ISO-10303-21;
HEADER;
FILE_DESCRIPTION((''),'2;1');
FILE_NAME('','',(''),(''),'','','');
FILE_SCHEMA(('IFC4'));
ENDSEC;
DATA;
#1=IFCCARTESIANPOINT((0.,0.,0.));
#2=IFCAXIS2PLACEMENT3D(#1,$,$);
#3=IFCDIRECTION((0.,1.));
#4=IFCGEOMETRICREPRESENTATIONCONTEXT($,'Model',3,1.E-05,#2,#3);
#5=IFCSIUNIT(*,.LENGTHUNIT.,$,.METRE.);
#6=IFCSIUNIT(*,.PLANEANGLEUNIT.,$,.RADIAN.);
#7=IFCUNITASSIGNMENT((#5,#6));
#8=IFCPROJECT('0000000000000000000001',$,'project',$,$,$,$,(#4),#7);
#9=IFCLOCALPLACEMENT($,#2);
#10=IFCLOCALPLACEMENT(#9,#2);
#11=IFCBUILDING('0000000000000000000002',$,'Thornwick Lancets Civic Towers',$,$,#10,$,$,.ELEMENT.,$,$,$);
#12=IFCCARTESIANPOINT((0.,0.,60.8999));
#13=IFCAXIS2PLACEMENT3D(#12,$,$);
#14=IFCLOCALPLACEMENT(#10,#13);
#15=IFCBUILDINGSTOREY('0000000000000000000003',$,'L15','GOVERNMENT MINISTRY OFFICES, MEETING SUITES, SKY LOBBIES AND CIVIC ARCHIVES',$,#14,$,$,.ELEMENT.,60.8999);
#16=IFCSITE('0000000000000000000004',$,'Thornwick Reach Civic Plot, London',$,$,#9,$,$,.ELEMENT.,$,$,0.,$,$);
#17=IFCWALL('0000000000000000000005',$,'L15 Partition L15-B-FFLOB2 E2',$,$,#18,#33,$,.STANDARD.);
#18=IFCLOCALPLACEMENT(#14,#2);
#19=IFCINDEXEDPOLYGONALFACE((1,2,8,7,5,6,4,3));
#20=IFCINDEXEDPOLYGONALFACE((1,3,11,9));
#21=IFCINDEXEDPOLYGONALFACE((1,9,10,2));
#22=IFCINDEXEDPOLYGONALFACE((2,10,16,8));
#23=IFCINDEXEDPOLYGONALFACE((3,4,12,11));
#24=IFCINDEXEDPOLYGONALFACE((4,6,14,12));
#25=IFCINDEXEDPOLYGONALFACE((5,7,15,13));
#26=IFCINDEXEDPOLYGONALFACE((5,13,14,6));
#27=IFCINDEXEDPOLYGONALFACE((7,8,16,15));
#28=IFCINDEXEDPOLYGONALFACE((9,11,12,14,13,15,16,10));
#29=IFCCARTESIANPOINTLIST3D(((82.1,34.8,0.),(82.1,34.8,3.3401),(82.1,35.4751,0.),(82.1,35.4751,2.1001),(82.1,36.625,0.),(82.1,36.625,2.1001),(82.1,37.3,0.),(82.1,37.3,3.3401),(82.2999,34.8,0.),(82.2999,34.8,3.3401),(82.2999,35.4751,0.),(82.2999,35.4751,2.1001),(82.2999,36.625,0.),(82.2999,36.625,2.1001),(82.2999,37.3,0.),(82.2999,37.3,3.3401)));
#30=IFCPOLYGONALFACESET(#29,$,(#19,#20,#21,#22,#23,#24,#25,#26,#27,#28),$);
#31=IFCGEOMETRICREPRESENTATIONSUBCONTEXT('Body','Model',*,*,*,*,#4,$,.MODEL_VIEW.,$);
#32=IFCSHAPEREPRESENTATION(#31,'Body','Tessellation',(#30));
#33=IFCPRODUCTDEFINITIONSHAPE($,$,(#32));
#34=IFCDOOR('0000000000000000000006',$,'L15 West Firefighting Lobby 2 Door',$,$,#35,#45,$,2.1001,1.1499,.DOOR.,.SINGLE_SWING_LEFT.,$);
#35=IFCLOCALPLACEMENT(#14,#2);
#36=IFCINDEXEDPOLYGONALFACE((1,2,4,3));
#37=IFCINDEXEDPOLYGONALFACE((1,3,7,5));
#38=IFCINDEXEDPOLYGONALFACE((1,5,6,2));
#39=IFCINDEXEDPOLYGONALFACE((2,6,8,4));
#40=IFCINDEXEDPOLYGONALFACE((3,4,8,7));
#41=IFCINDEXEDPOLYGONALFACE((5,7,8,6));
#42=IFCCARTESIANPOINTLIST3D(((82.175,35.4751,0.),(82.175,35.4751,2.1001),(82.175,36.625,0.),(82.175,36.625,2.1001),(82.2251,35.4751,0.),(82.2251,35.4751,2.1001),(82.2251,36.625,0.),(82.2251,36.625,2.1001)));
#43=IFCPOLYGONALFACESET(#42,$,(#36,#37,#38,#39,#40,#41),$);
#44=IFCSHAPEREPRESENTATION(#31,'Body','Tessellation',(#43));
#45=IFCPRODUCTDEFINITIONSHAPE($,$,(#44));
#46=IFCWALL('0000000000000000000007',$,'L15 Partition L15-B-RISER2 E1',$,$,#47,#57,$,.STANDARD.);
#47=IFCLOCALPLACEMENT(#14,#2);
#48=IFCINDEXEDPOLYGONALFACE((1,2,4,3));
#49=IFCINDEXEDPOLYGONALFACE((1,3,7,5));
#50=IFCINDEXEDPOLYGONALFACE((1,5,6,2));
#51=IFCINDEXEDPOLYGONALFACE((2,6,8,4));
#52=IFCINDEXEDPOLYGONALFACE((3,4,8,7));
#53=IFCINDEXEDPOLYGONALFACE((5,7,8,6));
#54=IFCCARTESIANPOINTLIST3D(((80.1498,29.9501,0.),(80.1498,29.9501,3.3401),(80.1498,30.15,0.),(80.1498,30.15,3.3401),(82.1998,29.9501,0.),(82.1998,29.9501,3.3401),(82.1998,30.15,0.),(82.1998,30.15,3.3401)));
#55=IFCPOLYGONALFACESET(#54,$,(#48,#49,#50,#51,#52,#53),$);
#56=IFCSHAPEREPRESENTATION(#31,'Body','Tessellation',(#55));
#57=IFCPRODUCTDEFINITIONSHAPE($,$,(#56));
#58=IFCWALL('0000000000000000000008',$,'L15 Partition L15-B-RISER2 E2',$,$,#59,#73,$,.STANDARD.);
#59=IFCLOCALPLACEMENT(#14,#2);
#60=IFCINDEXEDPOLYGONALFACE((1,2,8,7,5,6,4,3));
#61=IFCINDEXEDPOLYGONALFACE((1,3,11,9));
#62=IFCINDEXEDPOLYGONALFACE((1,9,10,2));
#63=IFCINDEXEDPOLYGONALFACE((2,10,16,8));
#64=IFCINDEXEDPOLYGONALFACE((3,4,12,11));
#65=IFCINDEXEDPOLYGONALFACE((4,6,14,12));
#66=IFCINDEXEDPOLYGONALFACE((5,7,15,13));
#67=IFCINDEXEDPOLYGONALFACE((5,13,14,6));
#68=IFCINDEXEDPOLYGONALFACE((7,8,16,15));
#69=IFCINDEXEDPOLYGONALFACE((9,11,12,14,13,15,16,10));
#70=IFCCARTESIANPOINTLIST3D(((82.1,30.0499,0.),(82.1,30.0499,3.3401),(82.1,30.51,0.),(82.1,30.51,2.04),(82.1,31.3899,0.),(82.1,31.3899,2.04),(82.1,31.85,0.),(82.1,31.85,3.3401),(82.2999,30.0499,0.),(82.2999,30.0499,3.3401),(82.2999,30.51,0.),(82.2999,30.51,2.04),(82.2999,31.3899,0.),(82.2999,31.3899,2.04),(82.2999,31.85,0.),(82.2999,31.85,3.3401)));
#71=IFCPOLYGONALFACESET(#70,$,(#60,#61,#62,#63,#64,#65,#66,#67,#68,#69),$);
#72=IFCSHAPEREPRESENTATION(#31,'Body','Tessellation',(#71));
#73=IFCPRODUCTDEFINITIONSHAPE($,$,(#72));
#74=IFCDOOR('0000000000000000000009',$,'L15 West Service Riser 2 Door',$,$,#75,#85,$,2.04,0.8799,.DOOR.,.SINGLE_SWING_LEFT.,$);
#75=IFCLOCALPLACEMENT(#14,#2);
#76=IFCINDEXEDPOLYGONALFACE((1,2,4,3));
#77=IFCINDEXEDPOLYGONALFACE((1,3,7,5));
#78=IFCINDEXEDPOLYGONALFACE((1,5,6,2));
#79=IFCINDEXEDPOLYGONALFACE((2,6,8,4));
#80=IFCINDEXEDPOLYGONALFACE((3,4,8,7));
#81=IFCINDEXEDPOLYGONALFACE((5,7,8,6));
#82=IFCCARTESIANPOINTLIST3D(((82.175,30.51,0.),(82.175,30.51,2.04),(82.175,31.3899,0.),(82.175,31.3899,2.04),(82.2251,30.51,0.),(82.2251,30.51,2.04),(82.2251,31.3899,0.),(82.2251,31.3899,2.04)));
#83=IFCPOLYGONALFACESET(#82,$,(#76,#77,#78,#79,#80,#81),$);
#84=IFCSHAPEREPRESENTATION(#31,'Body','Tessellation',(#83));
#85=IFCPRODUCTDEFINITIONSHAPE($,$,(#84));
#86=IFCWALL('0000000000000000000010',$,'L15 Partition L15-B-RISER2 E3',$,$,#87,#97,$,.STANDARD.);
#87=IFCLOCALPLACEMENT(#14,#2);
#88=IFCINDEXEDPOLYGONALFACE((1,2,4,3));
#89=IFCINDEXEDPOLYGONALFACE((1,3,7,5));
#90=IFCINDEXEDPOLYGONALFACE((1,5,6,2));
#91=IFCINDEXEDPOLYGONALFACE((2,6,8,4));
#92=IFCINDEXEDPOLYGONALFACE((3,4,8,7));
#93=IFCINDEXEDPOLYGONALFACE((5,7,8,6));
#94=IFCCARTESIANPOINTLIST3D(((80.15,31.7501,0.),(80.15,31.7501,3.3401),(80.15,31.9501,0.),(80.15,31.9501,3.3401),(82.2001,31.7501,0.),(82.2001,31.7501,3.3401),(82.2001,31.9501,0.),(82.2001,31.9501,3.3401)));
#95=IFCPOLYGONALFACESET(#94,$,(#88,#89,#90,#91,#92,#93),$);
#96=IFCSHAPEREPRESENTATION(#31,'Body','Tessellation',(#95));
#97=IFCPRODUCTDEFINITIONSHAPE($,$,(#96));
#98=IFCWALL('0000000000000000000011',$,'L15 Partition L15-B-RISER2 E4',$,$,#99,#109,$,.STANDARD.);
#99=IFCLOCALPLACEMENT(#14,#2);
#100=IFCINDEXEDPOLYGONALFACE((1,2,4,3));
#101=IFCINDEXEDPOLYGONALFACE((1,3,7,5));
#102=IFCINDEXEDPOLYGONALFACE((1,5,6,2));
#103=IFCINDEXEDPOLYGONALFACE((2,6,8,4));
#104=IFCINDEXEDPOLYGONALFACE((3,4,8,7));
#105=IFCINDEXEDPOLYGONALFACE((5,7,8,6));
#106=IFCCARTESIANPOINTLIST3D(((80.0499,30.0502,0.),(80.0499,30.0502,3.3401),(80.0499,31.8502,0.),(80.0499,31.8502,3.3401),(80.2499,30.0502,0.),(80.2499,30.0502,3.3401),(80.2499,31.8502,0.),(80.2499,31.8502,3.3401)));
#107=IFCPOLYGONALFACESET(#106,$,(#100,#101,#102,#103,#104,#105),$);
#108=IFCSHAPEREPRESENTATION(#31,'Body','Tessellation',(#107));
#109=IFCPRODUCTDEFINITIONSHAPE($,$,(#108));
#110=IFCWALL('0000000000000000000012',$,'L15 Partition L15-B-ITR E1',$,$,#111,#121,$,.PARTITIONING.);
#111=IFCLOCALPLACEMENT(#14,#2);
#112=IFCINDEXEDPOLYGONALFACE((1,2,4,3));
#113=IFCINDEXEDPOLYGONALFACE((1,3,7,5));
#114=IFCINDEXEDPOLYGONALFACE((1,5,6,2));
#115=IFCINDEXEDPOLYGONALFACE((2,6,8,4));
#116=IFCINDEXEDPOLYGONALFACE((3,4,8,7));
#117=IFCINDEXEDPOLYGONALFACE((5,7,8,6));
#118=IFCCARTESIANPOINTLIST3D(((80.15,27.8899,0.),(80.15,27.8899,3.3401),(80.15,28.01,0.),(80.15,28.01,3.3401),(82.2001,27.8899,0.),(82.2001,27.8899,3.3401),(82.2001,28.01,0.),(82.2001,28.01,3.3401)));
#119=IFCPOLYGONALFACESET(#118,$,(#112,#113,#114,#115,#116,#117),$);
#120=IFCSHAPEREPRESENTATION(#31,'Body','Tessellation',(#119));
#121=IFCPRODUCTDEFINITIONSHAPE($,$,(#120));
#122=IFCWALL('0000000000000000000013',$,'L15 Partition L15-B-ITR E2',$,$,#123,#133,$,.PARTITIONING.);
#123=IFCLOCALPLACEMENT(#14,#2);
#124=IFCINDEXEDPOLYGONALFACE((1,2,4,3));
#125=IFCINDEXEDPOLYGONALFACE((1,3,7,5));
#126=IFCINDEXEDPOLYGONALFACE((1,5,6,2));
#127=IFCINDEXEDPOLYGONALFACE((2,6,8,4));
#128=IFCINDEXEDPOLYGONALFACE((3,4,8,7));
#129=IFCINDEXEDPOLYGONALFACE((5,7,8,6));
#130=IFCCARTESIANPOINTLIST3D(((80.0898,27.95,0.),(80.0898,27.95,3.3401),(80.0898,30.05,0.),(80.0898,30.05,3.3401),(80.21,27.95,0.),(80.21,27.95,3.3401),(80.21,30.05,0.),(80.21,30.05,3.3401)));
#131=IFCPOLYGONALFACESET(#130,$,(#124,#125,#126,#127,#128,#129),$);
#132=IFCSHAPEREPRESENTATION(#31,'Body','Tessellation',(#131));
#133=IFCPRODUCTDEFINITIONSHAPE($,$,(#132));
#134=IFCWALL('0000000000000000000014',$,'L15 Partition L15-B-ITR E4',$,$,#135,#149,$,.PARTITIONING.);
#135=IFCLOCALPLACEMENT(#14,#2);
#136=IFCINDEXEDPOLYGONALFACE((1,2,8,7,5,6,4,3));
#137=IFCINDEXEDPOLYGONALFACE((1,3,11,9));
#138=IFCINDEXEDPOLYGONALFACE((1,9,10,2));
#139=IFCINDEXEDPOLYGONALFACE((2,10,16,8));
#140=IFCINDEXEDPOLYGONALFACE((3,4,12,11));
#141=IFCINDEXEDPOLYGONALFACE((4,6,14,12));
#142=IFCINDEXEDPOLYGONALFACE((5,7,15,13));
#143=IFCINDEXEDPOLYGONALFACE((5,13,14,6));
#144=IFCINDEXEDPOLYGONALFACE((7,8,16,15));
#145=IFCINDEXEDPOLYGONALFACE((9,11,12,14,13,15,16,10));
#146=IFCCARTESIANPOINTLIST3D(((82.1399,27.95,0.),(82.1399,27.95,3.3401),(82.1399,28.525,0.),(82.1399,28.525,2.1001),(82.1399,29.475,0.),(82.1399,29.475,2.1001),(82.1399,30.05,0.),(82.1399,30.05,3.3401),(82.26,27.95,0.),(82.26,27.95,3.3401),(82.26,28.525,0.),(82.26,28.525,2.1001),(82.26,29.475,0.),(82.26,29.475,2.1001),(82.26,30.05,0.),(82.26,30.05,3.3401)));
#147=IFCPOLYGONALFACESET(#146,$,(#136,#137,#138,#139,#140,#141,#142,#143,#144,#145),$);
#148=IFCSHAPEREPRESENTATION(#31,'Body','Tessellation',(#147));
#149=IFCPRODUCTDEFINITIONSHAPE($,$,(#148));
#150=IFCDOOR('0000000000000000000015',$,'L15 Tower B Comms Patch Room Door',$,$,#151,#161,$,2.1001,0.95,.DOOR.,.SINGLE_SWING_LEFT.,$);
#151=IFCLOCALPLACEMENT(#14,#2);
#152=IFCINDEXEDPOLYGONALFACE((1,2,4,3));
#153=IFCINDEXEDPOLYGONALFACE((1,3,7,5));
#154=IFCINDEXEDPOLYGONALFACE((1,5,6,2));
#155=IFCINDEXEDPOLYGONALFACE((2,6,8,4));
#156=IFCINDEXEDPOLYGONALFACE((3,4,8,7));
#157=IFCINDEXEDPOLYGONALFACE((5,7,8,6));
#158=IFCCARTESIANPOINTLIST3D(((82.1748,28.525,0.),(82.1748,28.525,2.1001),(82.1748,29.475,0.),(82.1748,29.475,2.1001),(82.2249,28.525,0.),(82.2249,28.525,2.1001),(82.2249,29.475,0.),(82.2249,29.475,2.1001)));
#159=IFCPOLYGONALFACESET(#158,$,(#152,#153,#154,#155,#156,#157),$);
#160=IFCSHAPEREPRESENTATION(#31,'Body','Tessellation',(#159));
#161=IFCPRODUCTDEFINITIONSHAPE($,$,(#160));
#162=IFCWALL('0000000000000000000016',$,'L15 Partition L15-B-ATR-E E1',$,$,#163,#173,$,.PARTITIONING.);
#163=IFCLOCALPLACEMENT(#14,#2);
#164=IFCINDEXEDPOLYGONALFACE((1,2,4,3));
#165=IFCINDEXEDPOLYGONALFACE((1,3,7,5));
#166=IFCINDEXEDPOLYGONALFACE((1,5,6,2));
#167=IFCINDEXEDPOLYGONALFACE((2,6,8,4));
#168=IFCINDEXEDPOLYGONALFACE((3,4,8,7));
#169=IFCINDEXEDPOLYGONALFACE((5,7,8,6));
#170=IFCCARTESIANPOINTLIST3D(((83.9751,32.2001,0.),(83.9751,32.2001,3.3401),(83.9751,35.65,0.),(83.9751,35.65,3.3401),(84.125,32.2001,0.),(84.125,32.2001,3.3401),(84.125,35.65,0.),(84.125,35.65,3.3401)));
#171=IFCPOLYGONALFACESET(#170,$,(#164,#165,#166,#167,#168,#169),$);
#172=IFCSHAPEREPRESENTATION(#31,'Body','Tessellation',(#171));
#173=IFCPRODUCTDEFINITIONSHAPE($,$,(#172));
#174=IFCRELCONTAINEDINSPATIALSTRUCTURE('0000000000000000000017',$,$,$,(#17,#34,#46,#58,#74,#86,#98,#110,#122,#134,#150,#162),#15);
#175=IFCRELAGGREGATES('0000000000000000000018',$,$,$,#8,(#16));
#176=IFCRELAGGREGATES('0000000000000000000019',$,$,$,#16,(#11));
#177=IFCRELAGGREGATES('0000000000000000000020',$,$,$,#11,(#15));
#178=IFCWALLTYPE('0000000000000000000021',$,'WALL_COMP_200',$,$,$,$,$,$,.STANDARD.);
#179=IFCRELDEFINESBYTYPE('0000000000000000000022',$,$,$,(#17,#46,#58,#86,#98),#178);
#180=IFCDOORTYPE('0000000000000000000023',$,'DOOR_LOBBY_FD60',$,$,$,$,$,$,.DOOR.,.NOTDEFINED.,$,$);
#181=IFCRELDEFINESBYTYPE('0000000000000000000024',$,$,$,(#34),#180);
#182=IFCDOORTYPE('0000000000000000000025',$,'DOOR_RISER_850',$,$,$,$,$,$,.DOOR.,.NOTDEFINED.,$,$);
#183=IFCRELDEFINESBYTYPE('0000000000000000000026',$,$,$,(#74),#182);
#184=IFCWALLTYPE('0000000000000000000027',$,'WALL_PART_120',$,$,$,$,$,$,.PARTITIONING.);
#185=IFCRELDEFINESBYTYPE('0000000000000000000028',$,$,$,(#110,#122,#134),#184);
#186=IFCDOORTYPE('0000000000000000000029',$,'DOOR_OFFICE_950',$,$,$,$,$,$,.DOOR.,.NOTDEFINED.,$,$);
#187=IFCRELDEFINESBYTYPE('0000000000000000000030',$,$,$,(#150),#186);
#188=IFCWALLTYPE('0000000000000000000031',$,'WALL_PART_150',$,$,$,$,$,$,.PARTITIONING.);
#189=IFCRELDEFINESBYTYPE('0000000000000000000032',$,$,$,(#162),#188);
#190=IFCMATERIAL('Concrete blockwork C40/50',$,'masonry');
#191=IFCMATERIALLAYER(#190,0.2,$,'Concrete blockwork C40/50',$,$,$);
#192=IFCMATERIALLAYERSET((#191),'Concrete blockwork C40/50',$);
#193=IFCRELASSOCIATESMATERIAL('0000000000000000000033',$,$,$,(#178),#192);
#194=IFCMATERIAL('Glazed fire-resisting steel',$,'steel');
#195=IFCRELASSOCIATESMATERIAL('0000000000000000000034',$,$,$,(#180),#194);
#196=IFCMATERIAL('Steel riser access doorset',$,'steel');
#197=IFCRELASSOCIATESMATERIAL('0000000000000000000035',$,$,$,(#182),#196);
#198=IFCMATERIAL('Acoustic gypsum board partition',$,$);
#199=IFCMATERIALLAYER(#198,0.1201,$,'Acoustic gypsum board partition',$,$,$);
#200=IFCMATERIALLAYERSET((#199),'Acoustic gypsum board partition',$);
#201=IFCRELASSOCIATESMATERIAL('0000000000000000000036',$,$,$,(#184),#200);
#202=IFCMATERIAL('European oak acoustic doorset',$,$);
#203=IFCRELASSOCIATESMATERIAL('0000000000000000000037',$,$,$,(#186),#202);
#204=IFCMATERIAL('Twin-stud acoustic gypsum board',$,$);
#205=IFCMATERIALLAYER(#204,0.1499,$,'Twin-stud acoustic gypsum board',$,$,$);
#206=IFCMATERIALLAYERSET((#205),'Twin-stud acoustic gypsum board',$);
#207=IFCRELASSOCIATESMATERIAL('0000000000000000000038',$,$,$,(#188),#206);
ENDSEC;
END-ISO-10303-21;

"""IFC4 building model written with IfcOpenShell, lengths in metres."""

from ifc_helpers import new_model, si_unit, direction, frame, frame_2d, origin, place, context, subcontext, project, spatial, rectangle, extrude, material, layer, layer_set, type_object, element, fill, save


model = new_model("IFC4")

# Units and contexts
model_context = context("Model", 3, precision=1e-05, world=origin(), true_north=direction((0.0, 1.0)))
body_context = subcontext(model_context, "Body", "Model", "MODEL_VIEW")
ifc_project = project(units=[si_unit("LENGTHUNIT", "METRE"), si_unit("PLANEANGLEUNIT", "RADIAN")], contexts=[model_context])

# Site, building, storey
site_placement = place(None, origin())
site = spatial("IfcSite", under=ifc_project, at=site_placement, Name="Thornwick Reach Civic Plot, London", CompositionType="ELEMENT", RefElevation=0.0)
building_placement = place(site_placement, origin())
building = spatial("IfcBuilding", under=site, at=building_placement, Name="Thornwick Lancets Civic Towers", CompositionType="ELEMENT")
storey_placement = place(building_placement, frame((0.0, 0.0, 60.8999)))
storey = spatial("IfcBuildingStorey", under=building, at=storey_placement, Name="L15", Description="GOVERNMENT MINISTRY OFFICES, MEETING SUITES, SKY LOBBIES AND CIVIC ARCHIVES", CompositionType="ELEMENT", Elevation=60.8999)

# Shared definitions
ifc_material_1 = material(Name="Concrete blockwork C40/50", Category="masonry")
ifc_layer_1 = layer(ifc_material_1, 0.2, Name="Concrete blockwork C40/50")
ifc_layer_set_1 = layer_set([ifc_layer_1], Name="Concrete blockwork C40/50")
wall_type_1 = type_object("IfcWallType", Name="WALL_COMP_200", PredefinedType="STANDARD", material=ifc_layer_set_1)

# Wall, opening, door
wall_1_placement = place(storey_placement, frame((82.2, 34.8, 0.0), z_axis=(0.0, 0.0, 1.0), x_axis=(0.0, 1.0, 0.0)))
wall_1 = element("IfcWall", 1, at=wall_1_placement, inside=storey, type_object=wall_type_1, Name="L15 Partition L15-B-FFLOB2 E2", PredefinedType="STANDARD", context=body_context, shape_type="SweptSolid", body=[
    extrude(rectangle(XDim=2.5, YDim=0.2, at=frame_2d((1.25, 0.0))), origin(), (0.0, 0.0, 1.0), 3.3401),
])
opening_1_placement = place(wall_1_placement, frame((0.675, 0.0, 0.0)))
opening_1 = element("IfcOpeningElement", 2, at=opening_1_placement, cuts=wall_1, PredefinedType="OPENING", context=body_context, shape_type="SweptSolid", body=[
    extrude(rectangle(XDim=1.1499, YDim=2.1001, at=frame_2d((0.575, 1.05))), frame((0.0, 0.1099, 0.0), z_axis=(0.0, -1.0, 0.0), x_axis=(1.0, 0.0, 0.0)), (0.0, 0.0, 1.0), 0.22),
])
ifc_material_2 = material(Name="Glazed fire-resisting steel", Category="steel")
door_type_1 = type_object("IfcDoorType", Name="DOOR_LOBBY_FD60", OperationType="NOTDEFINED", PredefinedType="DOOR", material=ifc_material_2)
door_1_placement = place(opening_1_placement, origin())
door_1 = element("IfcDoor", 3, at=door_1_placement, inside=storey, type_object=door_type_1, Name="L15 West Firefighting Lobby 2 Door", OperationType="SINGLE_SWING_LEFT", OverallHeight=2.1001, OverallWidth=1.1499, PredefinedType="DOOR", context=body_context, shape_type="SweptSolid", body=[
    extrude(rectangle(XDim=1.1499, YDim=2.1001, at=frame_2d((0.575, 1.05))), frame((0.0, 0.0249, 0.0), z_axis=(0.0, -1.0, 0.0), x_axis=(1.0, 0.0, 0.0)), (0.0, 0.0, 1.0), 0.05),
])
fill(opening_1, door_1)

# Wall
wall_2_placement = place(storey_placement, frame((80.1499, 30.05, 0.0), z_axis=(0.0, 0.0, 1.0), x_axis=(1.0, 0.0, 0.0)))
element("IfcWall", 4, at=wall_2_placement, inside=storey, type_object=wall_type_1, Name="L15 Partition L15-B-RISER2 E1", PredefinedType="STANDARD", context=body_context, shape_type="SweptSolid", body=[
    extrude(rectangle(XDim=2.05, YDim=0.2, at=frame_2d((1.0249, 0.0))), origin(), (0.0, 0.0, 1.0), 3.3401),
])

# Wall, opening, door
wall_3_placement = place(storey_placement, frame((82.2, 30.05, 0.0), z_axis=(0.0, 0.0, 1.0), x_axis=(0.0, 1.0, 0.0)))
wall_3 = element("IfcWall", 5, at=wall_3_placement, inside=storey, type_object=wall_type_1, Name="L15 Partition L15-B-RISER2 E2", PredefinedType="STANDARD", context=body_context, shape_type="SweptSolid", body=[
    extrude(rectangle(XDim=1.8, YDim=0.2, at=frame_2d((0.8999, 0.0))), origin(), (0.0, 0.0, 1.0), 3.3401),
])
opening_2_placement = place(wall_3_placement, frame((0.46, 0.0, 0.0)))
opening_2 = element("IfcOpeningElement", 6, at=opening_2_placement, cuts=wall_3, PredefinedType="OPENING", context=body_context, shape_type="SweptSolid", body=[
    extrude(rectangle(XDim=0.8799, YDim=2.04, at=frame_2d((0.4399, 1.02))), frame((0.0, 0.1099, 0.0), z_axis=(0.0, -1.0, 0.0), x_axis=(1.0, 0.0, 0.0)), (0.0, 0.0, 1.0), 0.22),
])
ifc_material_3 = material(Name="Steel riser access doorset", Category="steel")
door_type_2 = type_object("IfcDoorType", Name="DOOR_RISER_850", OperationType="NOTDEFINED", PredefinedType="DOOR", material=ifc_material_3)
door_2_placement = place(opening_2_placement, origin())
door_2 = element("IfcDoor", 7, at=door_2_placement, inside=storey, type_object=door_type_2, Name="L15 West Service Riser 2 Door", OperationType="SINGLE_SWING_LEFT", OverallHeight=2.04, OverallWidth=0.8799, PredefinedType="DOOR", context=body_context, shape_type="SweptSolid", body=[
    extrude(rectangle(XDim=0.8799, YDim=2.04, at=frame_2d((0.4399, 1.02))), frame((0.0, 0.0249, 0.0), z_axis=(0.0, -1.0, 0.0), x_axis=(1.0, 0.0, 0.0)), (0.0, 0.0, 1.0), 0.05),
])
fill(opening_2, door_2)

# Walls
wall_4_placement = place(storey_placement, frame((82.2, 31.8501, 0.0), z_axis=(0.0, 0.0, 1.0), x_axis=(-1.0, 0.0, 0.0)))
element("IfcWall", 8, at=wall_4_placement, inside=storey, type_object=wall_type_1, Name="L15 Partition L15-B-RISER2 E3", PredefinedType="STANDARD", context=body_context, shape_type="SweptSolid", body=[
    extrude(rectangle(XDim=2.05, YDim=0.2, at=frame_2d((1.0249, 0.0))), origin(), (0.0, 0.0, 1.0), 3.3401),
])
wall_5_placement = place(storey_placement, frame((80.1499, 31.8501, 0.0), z_axis=(0.0, 0.0, 1.0), x_axis=(0.0, -1.0, 0.0)))
element("IfcWall", 9, at=wall_5_placement, inside=storey, type_object=wall_type_1, Name="L15 Partition L15-B-RISER2 E4", PredefinedType="STANDARD", context=body_context, shape_type="SweptSolid", body=[
    extrude(rectangle(XDim=1.8, YDim=0.2, at=frame_2d((0.8999, 0.0))), origin(), (0.0, 0.0, 1.0), 3.3401),
])
ifc_material_4 = material(Name="Acoustic gypsum board partition")
ifc_layer_2 = layer(ifc_material_4, 0.1201, Name="Acoustic gypsum board partition")
ifc_layer_set_2 = layer_set([ifc_layer_2], Name="Acoustic gypsum board partition")
wall_type_2 = type_object("IfcWallType", Name="WALL_PART_120", PredefinedType="PARTITIONING", material=ifc_layer_set_2)
wall_6_placement = place(storey_placement, frame((82.2, 27.95, 0.0), z_axis=(0.0, 0.0, 1.0), x_axis=(-1.0, 0.0, 0.0)))
element("IfcWall", 10, at=wall_6_placement, inside=storey, type_object=wall_type_2, Name="L15 Partition L15-B-ITR E1", PredefinedType="PARTITIONING", context=body_context, shape_type="SweptSolid", body=[
    extrude(rectangle(XDim=2.05, YDim=0.1201, at=frame_2d((1.0249, 0.0))), origin(), (0.0, 0.0, 1.0), 3.3401),
])
wall_7_placement = place(storey_placement, frame((80.1499, 27.95, 0.0), z_axis=(0.0, 0.0, 1.0), x_axis=(0.0, 1.0, 0.0)))
element("IfcWall", 11, at=wall_7_placement, inside=storey, type_object=wall_type_2, Name="L15 Partition L15-B-ITR E2", PredefinedType="PARTITIONING", context=body_context, shape_type="SweptSolid", body=[
    extrude(rectangle(XDim=2.1001, YDim=0.1201, at=frame_2d((1.05, 0.0))), origin(), (0.0, 0.0, 1.0), 3.3401),
])

# Wall, opening, door
wall_8_placement = place(storey_placement, frame((82.2, 30.05, 0.0), z_axis=(0.0, 0.0, 1.0), x_axis=(0.0, -1.0, 0.0)))
wall_8 = element("IfcWall", 12, at=wall_8_placement, inside=storey, type_object=wall_type_2, Name="L15 Partition L15-B-ITR E4", PredefinedType="PARTITIONING", context=body_context, shape_type="SweptSolid", body=[
    extrude(rectangle(XDim=2.1001, YDim=0.1201, at=frame_2d((1.05, 0.0))), origin(), (0.0, 0.0, 1.0), 3.3401),
])
opening_3_placement = place(wall_8_placement, frame((0.575, 0.0, 0.0)))
opening_3 = element("IfcOpeningElement", 13, at=opening_3_placement, cuts=wall_8, PredefinedType="OPENING", context=body_context, shape_type="SweptSolid", body=[
    extrude(rectangle(XDim=0.95, YDim=2.1001, at=frame_2d((0.4751, 1.05))), frame((0.0, 0.0701, 0.0), z_axis=(0.0, -1.0, 0.0), x_axis=(1.0, 0.0, 0.0)), (0.0, 0.0, 1.0), 0.1401),
])
ifc_material_5 = material(Name="European oak acoustic doorset")
door_type_3 = type_object("IfcDoorType", Name="DOOR_OFFICE_950", OperationType="NOTDEFINED", PredefinedType="DOOR", material=ifc_material_5)
door_3_placement = place(opening_3_placement, origin())
door_3 = element("IfcDoor", 14, at=door_3_placement, inside=storey, type_object=door_type_3, Name="L15 Tower B Comms Patch Room Door", OperationType="SINGLE_SWING_LEFT", OverallHeight=2.1001, OverallWidth=0.95, PredefinedType="DOOR", context=body_context, shape_type="SweptSolid", body=[
    extrude(rectangle(XDim=0.95, YDim=2.1001, at=frame_2d((0.4751, 1.05))), frame((0.0, 0.0249, 0.0), z_axis=(0.0, -1.0, 0.0), x_axis=(1.0, 0.0, 0.0)), (0.0, 0.0, 1.0), 0.05),
])
fill(opening_3, door_3)

# Wall
ifc_material_6 = material(Name="Twin-stud acoustic gypsum board")
ifc_layer_3 = layer(ifc_material_6, 0.1499, Name="Twin-stud acoustic gypsum board")
ifc_layer_set_3 = layer_set([ifc_layer_3], Name="Twin-stud acoustic gypsum board")
wall_type_3 = type_object("IfcWallType", Name="WALL_PART_150", PredefinedType="PARTITIONING", material=ifc_layer_set_3)
wall_9_placement = place(storey_placement, frame((84.05, 32.2, 0.0), z_axis=(0.0, 0.0, 1.0), x_axis=(0.0, 1.0, 0.0)))
element("IfcWall", 15, at=wall_9_placement, inside=storey, type_object=wall_type_3, Name="L15 Partition L15-B-ATR-E E1", PredefinedType="PARTITIONING", context=body_context, shape_type="SweptSolid", body=[
    extrude(rectangle(XDim=3.45, YDim=0.1499, at=frame_2d((1.7251, 0.0))), origin(), (0.0, 0.0, 1.0), 3.3401),
])

save(model, "model.ifc")
